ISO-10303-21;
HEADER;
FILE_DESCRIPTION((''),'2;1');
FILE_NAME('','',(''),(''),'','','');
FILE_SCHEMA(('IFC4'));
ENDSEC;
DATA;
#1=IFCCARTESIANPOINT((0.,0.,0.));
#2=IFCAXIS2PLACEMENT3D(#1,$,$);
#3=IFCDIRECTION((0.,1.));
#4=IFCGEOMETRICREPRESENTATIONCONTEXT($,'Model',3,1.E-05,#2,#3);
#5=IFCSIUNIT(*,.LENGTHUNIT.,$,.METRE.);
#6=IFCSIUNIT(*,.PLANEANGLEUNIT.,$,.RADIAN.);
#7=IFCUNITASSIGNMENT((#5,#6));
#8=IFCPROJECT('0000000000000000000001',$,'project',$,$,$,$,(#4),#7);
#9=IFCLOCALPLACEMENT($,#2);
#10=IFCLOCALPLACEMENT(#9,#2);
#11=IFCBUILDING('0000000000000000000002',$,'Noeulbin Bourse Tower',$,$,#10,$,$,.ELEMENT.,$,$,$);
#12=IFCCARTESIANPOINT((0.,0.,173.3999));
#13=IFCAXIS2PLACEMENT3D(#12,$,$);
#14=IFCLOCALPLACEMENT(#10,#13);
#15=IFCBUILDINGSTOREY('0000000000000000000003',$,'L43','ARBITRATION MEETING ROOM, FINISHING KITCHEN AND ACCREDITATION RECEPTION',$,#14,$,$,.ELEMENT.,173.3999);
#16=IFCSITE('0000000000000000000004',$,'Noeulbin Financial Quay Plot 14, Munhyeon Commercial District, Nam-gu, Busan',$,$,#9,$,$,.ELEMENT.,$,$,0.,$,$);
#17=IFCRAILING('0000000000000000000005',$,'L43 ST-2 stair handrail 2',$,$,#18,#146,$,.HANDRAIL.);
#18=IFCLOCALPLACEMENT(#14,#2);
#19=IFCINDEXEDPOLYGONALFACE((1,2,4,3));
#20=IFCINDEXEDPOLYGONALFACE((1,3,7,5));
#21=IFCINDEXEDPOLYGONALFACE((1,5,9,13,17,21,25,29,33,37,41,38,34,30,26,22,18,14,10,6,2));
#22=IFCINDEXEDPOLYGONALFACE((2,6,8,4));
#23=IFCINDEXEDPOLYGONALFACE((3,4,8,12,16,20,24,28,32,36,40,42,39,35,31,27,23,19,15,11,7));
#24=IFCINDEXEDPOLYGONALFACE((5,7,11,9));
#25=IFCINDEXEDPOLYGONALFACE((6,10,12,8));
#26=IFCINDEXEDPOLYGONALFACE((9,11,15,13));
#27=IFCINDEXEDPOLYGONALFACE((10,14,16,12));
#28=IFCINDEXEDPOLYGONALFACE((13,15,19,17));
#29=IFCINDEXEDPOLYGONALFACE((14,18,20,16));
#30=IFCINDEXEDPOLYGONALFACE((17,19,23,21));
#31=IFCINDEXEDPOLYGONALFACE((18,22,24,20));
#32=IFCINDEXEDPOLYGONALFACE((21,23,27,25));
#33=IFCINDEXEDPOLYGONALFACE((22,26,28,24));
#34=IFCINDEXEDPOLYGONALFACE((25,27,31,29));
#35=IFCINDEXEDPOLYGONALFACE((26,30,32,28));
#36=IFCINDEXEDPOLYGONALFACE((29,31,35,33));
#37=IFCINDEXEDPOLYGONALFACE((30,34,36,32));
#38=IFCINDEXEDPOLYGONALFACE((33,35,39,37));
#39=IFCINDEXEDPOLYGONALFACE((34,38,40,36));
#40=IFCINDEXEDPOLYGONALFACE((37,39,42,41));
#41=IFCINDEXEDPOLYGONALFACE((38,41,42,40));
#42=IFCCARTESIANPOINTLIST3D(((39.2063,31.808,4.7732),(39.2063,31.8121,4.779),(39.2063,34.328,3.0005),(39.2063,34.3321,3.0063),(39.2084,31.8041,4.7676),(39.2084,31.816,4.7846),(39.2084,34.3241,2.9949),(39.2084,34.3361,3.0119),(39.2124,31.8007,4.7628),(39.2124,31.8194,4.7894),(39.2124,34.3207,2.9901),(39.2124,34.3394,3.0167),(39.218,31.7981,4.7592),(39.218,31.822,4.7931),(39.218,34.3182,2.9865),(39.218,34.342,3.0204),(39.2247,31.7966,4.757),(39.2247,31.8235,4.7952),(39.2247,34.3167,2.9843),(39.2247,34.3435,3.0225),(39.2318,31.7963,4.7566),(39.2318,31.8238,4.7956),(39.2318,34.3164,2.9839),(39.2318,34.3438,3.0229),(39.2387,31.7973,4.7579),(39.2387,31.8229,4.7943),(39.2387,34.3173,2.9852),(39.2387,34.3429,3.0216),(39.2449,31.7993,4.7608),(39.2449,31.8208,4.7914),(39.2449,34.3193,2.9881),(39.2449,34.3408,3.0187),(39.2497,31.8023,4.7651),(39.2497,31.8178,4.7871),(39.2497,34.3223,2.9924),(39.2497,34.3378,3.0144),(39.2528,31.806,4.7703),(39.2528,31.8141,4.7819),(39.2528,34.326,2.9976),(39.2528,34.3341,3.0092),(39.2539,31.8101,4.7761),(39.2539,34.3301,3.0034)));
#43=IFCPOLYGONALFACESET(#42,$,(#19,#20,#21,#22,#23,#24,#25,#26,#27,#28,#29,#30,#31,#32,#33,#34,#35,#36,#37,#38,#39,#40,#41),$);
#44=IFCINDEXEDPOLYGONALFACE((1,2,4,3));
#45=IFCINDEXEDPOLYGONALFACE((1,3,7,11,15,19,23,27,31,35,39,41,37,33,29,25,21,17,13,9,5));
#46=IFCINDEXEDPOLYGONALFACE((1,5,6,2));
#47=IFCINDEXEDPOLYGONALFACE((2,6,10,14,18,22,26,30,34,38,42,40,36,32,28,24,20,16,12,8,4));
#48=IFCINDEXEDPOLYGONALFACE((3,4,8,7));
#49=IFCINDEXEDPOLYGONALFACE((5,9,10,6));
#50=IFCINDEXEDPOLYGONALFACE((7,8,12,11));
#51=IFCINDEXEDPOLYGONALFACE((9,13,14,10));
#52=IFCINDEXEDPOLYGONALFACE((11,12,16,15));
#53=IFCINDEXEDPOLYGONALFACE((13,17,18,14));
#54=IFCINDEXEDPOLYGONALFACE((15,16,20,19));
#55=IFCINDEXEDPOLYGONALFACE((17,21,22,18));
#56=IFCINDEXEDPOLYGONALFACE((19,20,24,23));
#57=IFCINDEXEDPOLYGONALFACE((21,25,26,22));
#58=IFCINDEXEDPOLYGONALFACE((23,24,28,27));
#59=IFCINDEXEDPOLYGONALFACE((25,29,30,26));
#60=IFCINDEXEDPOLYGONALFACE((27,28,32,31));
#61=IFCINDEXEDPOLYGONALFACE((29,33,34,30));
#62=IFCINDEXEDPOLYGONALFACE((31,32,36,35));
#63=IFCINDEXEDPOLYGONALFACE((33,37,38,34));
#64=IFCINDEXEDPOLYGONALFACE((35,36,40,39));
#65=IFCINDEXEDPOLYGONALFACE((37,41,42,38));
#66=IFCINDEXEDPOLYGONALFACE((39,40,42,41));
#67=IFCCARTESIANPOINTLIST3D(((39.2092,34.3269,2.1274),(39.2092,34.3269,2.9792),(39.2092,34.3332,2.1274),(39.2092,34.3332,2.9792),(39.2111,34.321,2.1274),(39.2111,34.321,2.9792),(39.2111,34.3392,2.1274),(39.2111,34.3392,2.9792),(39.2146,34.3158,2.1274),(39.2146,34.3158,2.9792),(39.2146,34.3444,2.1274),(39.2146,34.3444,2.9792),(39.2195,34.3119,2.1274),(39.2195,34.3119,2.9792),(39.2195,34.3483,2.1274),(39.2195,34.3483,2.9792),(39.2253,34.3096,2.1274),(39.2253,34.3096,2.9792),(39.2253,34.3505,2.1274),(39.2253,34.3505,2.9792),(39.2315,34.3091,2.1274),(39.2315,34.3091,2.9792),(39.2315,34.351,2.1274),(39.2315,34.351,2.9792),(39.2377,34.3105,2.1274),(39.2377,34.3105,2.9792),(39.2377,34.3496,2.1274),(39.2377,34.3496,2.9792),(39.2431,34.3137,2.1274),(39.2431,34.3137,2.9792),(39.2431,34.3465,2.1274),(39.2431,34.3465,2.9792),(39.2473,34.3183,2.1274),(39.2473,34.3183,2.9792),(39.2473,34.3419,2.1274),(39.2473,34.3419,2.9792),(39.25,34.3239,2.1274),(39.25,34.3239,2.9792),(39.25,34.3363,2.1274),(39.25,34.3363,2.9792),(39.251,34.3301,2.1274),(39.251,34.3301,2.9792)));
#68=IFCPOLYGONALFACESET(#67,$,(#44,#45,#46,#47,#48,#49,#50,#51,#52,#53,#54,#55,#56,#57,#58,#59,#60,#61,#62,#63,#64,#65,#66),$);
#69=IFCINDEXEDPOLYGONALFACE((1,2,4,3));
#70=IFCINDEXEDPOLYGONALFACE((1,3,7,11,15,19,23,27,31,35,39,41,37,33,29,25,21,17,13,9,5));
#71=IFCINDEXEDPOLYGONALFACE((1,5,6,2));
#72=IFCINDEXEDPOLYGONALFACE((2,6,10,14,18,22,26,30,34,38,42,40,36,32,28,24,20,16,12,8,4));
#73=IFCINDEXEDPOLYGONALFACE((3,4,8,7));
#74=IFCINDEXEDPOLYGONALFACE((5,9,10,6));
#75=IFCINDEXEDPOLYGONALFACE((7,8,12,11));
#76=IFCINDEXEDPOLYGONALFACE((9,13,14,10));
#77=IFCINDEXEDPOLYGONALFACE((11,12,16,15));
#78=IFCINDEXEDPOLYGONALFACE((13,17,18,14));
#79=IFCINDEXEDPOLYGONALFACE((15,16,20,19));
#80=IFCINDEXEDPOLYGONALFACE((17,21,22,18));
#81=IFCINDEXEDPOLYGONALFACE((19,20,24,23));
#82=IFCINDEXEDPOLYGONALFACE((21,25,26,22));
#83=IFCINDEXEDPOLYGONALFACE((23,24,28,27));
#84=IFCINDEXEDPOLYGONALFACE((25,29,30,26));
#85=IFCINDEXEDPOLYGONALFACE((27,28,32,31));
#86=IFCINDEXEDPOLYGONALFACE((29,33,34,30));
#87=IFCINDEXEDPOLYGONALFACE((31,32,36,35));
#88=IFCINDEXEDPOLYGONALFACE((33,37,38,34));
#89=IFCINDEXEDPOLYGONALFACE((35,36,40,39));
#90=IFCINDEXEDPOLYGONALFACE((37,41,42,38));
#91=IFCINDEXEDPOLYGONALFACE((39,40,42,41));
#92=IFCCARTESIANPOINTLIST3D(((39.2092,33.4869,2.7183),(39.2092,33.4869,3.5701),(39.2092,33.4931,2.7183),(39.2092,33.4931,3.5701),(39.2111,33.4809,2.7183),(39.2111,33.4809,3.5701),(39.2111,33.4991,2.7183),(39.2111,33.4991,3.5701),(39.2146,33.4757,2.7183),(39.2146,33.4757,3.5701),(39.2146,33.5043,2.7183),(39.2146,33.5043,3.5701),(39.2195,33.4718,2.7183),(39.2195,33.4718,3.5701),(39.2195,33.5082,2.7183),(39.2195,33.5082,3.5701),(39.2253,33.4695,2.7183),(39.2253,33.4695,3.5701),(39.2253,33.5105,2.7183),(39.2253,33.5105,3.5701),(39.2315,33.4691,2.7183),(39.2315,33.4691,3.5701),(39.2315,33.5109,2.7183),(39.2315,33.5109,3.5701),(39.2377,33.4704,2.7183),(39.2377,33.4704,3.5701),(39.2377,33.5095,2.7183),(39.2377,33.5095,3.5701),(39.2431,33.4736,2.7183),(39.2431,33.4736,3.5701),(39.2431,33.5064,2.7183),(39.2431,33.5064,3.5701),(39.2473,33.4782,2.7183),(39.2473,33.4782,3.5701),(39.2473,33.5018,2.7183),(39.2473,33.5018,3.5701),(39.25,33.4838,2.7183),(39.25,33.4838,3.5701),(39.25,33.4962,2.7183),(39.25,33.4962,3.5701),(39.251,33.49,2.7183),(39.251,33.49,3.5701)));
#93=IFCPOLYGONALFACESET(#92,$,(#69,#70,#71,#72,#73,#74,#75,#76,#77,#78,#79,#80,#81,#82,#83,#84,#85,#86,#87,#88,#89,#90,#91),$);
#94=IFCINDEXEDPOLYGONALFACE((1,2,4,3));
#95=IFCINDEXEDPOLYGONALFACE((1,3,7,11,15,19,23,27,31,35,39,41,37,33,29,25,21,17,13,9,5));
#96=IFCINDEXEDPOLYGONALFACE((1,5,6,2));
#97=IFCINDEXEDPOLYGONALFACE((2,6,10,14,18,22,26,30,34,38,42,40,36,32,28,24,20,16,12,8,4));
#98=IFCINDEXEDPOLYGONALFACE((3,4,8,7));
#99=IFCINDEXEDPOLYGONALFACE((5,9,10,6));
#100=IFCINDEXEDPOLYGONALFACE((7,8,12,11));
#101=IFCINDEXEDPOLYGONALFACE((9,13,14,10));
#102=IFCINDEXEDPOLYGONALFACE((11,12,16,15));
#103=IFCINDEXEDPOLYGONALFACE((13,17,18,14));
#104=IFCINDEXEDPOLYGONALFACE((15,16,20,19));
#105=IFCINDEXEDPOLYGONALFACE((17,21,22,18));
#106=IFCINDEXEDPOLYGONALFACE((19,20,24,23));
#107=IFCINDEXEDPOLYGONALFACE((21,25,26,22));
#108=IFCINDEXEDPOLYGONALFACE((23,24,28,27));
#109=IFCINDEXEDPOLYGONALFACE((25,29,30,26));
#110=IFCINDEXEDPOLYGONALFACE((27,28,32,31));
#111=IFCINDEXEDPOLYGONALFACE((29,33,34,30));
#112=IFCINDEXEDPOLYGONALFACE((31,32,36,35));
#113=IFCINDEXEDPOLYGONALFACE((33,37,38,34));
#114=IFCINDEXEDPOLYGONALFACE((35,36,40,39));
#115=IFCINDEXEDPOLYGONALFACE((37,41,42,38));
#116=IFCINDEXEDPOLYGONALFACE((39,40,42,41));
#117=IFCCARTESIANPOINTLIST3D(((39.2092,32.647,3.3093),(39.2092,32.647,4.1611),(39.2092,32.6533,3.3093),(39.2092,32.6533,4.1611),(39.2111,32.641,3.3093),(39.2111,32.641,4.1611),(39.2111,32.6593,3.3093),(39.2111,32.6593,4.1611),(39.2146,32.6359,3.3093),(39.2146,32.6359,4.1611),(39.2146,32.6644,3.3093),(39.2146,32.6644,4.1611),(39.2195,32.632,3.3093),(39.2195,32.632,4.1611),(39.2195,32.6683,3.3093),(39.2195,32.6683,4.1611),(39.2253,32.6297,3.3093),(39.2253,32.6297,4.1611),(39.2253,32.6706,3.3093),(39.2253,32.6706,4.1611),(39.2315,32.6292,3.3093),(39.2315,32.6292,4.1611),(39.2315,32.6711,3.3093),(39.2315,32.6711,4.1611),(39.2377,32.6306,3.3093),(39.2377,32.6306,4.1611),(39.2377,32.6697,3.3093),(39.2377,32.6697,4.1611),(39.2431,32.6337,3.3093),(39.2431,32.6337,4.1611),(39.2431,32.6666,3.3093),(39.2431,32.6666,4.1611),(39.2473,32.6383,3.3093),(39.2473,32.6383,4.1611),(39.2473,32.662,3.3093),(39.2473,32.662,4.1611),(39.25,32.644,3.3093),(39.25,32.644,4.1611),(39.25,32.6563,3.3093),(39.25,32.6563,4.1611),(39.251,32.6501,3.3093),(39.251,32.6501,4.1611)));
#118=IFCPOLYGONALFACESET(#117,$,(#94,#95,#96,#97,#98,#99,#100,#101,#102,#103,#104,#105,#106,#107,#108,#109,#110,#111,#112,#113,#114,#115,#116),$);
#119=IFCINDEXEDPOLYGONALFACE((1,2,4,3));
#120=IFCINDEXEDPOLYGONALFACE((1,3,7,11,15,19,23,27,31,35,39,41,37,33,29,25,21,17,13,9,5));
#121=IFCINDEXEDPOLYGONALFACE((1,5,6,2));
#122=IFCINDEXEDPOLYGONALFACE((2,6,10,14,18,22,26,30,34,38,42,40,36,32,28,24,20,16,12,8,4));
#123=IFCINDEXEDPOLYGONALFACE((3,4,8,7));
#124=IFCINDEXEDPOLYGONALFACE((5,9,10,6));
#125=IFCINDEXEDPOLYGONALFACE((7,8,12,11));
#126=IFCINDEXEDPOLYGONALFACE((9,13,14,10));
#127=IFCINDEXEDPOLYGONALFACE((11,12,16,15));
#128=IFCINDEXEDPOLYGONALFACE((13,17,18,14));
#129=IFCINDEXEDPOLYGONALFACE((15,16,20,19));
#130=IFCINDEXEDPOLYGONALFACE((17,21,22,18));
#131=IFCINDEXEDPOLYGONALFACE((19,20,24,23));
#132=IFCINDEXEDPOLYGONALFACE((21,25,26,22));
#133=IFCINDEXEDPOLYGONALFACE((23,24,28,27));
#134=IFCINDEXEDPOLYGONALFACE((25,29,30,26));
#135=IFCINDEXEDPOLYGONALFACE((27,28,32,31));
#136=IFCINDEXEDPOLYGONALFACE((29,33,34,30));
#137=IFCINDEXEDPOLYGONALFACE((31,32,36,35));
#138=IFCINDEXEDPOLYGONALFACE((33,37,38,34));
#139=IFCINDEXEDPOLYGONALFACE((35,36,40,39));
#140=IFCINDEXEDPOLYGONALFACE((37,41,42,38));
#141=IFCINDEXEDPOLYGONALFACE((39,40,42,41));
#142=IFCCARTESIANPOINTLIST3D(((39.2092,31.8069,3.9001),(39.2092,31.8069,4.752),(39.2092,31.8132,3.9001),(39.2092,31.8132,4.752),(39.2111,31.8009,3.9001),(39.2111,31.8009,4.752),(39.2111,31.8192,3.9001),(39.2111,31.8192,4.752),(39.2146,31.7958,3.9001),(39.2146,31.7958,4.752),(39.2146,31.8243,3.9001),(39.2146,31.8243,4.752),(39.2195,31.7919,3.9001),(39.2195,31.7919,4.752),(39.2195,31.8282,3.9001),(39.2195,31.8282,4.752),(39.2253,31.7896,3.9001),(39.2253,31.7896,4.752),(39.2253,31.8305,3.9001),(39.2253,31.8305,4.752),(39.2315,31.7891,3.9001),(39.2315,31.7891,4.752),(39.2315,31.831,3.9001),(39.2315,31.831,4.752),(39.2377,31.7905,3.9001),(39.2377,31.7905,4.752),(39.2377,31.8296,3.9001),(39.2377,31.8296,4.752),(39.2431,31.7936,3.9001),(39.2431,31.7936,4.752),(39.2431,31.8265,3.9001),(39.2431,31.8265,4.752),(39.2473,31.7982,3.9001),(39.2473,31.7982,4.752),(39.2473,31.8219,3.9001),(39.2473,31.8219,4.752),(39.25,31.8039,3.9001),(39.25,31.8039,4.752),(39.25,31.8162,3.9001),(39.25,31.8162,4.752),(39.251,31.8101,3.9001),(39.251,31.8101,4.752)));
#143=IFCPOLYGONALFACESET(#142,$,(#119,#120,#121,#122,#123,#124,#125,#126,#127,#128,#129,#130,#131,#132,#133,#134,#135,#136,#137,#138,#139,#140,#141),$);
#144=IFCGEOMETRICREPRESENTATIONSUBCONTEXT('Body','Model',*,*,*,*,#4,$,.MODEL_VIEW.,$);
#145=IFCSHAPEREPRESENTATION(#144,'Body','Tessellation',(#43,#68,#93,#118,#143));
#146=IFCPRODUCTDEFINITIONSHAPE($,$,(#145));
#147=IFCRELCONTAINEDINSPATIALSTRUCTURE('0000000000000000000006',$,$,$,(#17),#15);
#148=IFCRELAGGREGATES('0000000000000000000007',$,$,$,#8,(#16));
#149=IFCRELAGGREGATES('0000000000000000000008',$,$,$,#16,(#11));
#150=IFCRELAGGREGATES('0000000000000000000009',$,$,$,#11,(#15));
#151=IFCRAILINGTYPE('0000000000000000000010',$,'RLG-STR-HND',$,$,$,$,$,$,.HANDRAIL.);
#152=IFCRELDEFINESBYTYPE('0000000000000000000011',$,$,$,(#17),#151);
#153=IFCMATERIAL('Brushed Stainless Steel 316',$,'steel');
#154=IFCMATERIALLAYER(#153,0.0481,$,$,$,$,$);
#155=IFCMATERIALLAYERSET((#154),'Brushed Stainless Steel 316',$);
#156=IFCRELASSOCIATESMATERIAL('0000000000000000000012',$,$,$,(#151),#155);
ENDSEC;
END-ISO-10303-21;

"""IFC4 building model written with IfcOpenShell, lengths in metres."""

from ifc_helpers import new_model, si_unit, direction, frame, origin, origin_2d, place, context, subcontext, project, spatial, circle, extrude, material, layer, layer_set, type_object, element, save


model = new_model("IFC4")

# Units and contexts
model_context = context("Model", 3, precision=1e-05, world=origin(), true_north=direction((0.0, 1.0)))
body_context = subcontext(model_context, "Body", "Model", "MODEL_VIEW")
ifc_project = project(units=[si_unit("LENGTHUNIT", "METRE"), si_unit("PLANEANGLEUNIT", "RADIAN")], contexts=[model_context])

# Site, building, storey
site_placement = place(None, origin())
site = spatial("IfcSite", under=ifc_project, at=site_placement, Name="Noeulbin Financial Quay Plot 14, Munhyeon Commercial District, Nam-gu, Busan", CompositionType="ELEMENT", RefElevation=0.0)
building_placement = place(site_placement, origin())
building = spatial("IfcBuilding", under=site, at=building_placement, Name="Noeulbin Bourse Tower", CompositionType="ELEMENT")
storey_placement = place(building_placement, frame((0.0, 0.0, 173.3999)))
storey = spatial("IfcBuildingStorey", under=building, at=storey_placement, Name="L43", Description="ARBITRATION MEETING ROOM, FINISHING KITCHEN AND ACCREDITATION RECEPTION", CompositionType="ELEMENT", Elevation=173.3999)

# Shared definitions
ifc_material_1 = material(Name="Brushed Stainless Steel 316", Category="steel")

# Railing
ifc_layer_1 = layer(ifc_material_1, 0.0481)
ifc_layer_set_1 = layer_set([ifc_layer_1], Name="Brushed Stainless Steel 316")
railing_type_1 = type_object("IfcRailingType", Name="RLG-STR-HND", PredefinedType="HANDRAIL", material=ifc_layer_set_1)
railing_1_placement = place(storey_placement, frame((39.23, 34.3301, 2.1274)))
element("IfcRailing", 1, at=railing_1_placement, inside=storey, type_object=railing_type_1, Name="L43 ST-2 stair handrail 2", PredefinedType="HANDRAIL", context=body_context, shape_type="SweptSolid", body=[
    extrude(circle(Radius=0.0239, at=origin_2d()), frame((0.0, 0.0, 0.876), z_axis=(0.0, -0.817904, 0.575354), x_axis=(1.0, 0.0, 0.0)), (0.0, 0.0, 1.0), 3.0811),
    extrude(circle(Radius=0.021, at=origin_2d()), origin(), (0.0, 0.0, 1.0), 0.8518),
    extrude(circle(Radius=0.021, at=origin_2d()), frame((0.0, -0.8401, 0.5908)), (0.0, 0.0, 1.0), 0.8518),
    extrude(circle(Radius=0.021, at=origin_2d()), frame((0.0, -1.6799, 1.1819)), (0.0, 0.0, 1.0), 0.8518),
    extrude(circle(Radius=0.021, at=origin_2d()), frame((0.0, -2.52, 1.7727)), (0.0, 0.0, 1.0), 0.8518),
])

save(model, "model.ifc")
